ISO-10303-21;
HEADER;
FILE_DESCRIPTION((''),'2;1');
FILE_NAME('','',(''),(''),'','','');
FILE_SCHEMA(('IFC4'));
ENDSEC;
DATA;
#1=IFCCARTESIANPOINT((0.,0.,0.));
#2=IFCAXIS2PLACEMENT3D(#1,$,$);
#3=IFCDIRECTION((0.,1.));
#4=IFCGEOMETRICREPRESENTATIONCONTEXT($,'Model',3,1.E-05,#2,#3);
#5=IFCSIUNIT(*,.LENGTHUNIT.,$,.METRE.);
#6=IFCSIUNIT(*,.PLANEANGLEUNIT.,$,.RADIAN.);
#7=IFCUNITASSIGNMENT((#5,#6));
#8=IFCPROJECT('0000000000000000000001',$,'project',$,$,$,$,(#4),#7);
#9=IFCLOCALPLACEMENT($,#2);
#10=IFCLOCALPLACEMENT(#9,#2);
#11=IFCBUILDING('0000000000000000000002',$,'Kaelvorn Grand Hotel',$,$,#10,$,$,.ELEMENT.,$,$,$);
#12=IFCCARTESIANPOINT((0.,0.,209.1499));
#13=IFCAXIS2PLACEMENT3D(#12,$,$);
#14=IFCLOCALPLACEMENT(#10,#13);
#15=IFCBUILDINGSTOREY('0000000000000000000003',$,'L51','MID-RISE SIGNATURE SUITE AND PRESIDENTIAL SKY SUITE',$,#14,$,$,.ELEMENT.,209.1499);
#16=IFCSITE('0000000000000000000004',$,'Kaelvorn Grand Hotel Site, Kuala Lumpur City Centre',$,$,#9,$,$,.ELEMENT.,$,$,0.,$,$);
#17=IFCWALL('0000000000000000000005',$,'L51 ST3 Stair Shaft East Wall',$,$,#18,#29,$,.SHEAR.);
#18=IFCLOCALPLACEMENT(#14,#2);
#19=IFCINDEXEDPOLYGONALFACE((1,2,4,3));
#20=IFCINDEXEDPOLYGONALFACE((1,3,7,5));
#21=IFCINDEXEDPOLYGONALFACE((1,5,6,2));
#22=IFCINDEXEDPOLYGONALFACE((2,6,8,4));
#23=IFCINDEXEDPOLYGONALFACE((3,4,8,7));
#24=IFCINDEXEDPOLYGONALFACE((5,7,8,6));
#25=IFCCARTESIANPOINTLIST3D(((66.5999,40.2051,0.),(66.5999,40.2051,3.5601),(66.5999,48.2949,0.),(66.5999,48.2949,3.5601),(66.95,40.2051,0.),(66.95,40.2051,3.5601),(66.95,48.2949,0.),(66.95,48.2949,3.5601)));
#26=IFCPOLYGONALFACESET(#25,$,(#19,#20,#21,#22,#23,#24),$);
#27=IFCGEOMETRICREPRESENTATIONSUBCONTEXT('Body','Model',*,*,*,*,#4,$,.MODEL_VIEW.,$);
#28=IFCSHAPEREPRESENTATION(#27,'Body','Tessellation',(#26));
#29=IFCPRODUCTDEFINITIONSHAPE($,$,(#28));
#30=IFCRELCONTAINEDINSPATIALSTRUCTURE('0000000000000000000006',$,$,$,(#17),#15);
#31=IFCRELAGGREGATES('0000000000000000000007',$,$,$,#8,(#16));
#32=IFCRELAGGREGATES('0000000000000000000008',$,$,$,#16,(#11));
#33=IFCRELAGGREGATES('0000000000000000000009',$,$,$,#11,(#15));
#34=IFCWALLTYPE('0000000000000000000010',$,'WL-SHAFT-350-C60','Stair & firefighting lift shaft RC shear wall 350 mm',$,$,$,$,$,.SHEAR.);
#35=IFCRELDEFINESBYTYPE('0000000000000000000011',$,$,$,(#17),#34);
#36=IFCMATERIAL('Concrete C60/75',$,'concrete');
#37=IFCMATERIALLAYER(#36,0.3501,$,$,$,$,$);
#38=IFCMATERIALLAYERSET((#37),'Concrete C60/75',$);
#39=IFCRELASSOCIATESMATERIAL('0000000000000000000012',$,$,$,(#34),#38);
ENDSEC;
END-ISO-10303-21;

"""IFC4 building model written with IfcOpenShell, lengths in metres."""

from ifc_helpers import new_model, si_unit, direction, frame, frame_2d, origin, place, context, subcontext, project, spatial, rectangle, extrude, material, layer, layer_set, type_object, element, save


model = new_model("IFC4")

# Units and contexts
model_context = context("Model", 3, precision=1e-05, world=origin(), true_north=direction((0.0, 1.0)))
body_context = subcontext(model_context, "Body", "Model", "MODEL_VIEW")
ifc_project = project(units=[si_unit("LENGTHUNIT", "METRE"), si_unit("PLANEANGLEUNIT", "RADIAN")], contexts=[model_context])

# Site, building, storey
site_placement = place(None, origin())
site = spatial("IfcSite", under=ifc_project, at=site_placement, Name="Kaelvorn Grand Hotel Site, Kuala Lumpur City Centre", CompositionType="ELEMENT", RefElevation=0.0)
building_placement = place(site_placement, origin())
building = spatial("IfcBuilding", under=site, at=building_placement, Name="Kaelvorn Grand Hotel", CompositionType="ELEMENT")
storey_placement = place(building_placement, frame((0.0, 0.0, 209.1499)))
storey = spatial("IfcBuildingStorey", under=building, at=storey_placement, Name="L51", Description="MID-RISE SIGNATURE SUITE AND PRESIDENTIAL SKY SUITE", CompositionType="ELEMENT", Elevation=209.1499)

# Shared definitions
ifc_material_1 = material(Name="Concrete C60/75", Category="concrete")

# Wall
ifc_layer_1 = layer(ifc_material_1, 0.3501)
ifc_layer_set_1 = layer_set([ifc_layer_1], Name="Concrete C60/75")
wall_type_1 = type_object("IfcWallType", Name="WL-SHAFT-350-C60", Description="Stair & firefighting lift shaft RC shear wall 350 mm", PredefinedType="SHEAR", material=ifc_layer_set_1)
wall_1_placement = place(storey_placement, frame((66.7749, 40.2051, 0.0), z_axis=(0.0, 0.0, 1.0), x_axis=(0.0, 1.0, 0.0)))
element("IfcWall", 1, at=wall_1_placement, inside=storey, type_object=wall_type_1, Name="L51 ST3 Stair Shaft East Wall", PredefinedType="SHEAR", context=body_context, shape_type="SweptSolid", body=[
    extrude(rectangle(XDim=8.0898, YDim=0.3501, at=frame_2d((4.0449, 0.0))), origin(), (0.0, 0.0, 1.0), 3.5601),
])

save(model, "model.ifc")
